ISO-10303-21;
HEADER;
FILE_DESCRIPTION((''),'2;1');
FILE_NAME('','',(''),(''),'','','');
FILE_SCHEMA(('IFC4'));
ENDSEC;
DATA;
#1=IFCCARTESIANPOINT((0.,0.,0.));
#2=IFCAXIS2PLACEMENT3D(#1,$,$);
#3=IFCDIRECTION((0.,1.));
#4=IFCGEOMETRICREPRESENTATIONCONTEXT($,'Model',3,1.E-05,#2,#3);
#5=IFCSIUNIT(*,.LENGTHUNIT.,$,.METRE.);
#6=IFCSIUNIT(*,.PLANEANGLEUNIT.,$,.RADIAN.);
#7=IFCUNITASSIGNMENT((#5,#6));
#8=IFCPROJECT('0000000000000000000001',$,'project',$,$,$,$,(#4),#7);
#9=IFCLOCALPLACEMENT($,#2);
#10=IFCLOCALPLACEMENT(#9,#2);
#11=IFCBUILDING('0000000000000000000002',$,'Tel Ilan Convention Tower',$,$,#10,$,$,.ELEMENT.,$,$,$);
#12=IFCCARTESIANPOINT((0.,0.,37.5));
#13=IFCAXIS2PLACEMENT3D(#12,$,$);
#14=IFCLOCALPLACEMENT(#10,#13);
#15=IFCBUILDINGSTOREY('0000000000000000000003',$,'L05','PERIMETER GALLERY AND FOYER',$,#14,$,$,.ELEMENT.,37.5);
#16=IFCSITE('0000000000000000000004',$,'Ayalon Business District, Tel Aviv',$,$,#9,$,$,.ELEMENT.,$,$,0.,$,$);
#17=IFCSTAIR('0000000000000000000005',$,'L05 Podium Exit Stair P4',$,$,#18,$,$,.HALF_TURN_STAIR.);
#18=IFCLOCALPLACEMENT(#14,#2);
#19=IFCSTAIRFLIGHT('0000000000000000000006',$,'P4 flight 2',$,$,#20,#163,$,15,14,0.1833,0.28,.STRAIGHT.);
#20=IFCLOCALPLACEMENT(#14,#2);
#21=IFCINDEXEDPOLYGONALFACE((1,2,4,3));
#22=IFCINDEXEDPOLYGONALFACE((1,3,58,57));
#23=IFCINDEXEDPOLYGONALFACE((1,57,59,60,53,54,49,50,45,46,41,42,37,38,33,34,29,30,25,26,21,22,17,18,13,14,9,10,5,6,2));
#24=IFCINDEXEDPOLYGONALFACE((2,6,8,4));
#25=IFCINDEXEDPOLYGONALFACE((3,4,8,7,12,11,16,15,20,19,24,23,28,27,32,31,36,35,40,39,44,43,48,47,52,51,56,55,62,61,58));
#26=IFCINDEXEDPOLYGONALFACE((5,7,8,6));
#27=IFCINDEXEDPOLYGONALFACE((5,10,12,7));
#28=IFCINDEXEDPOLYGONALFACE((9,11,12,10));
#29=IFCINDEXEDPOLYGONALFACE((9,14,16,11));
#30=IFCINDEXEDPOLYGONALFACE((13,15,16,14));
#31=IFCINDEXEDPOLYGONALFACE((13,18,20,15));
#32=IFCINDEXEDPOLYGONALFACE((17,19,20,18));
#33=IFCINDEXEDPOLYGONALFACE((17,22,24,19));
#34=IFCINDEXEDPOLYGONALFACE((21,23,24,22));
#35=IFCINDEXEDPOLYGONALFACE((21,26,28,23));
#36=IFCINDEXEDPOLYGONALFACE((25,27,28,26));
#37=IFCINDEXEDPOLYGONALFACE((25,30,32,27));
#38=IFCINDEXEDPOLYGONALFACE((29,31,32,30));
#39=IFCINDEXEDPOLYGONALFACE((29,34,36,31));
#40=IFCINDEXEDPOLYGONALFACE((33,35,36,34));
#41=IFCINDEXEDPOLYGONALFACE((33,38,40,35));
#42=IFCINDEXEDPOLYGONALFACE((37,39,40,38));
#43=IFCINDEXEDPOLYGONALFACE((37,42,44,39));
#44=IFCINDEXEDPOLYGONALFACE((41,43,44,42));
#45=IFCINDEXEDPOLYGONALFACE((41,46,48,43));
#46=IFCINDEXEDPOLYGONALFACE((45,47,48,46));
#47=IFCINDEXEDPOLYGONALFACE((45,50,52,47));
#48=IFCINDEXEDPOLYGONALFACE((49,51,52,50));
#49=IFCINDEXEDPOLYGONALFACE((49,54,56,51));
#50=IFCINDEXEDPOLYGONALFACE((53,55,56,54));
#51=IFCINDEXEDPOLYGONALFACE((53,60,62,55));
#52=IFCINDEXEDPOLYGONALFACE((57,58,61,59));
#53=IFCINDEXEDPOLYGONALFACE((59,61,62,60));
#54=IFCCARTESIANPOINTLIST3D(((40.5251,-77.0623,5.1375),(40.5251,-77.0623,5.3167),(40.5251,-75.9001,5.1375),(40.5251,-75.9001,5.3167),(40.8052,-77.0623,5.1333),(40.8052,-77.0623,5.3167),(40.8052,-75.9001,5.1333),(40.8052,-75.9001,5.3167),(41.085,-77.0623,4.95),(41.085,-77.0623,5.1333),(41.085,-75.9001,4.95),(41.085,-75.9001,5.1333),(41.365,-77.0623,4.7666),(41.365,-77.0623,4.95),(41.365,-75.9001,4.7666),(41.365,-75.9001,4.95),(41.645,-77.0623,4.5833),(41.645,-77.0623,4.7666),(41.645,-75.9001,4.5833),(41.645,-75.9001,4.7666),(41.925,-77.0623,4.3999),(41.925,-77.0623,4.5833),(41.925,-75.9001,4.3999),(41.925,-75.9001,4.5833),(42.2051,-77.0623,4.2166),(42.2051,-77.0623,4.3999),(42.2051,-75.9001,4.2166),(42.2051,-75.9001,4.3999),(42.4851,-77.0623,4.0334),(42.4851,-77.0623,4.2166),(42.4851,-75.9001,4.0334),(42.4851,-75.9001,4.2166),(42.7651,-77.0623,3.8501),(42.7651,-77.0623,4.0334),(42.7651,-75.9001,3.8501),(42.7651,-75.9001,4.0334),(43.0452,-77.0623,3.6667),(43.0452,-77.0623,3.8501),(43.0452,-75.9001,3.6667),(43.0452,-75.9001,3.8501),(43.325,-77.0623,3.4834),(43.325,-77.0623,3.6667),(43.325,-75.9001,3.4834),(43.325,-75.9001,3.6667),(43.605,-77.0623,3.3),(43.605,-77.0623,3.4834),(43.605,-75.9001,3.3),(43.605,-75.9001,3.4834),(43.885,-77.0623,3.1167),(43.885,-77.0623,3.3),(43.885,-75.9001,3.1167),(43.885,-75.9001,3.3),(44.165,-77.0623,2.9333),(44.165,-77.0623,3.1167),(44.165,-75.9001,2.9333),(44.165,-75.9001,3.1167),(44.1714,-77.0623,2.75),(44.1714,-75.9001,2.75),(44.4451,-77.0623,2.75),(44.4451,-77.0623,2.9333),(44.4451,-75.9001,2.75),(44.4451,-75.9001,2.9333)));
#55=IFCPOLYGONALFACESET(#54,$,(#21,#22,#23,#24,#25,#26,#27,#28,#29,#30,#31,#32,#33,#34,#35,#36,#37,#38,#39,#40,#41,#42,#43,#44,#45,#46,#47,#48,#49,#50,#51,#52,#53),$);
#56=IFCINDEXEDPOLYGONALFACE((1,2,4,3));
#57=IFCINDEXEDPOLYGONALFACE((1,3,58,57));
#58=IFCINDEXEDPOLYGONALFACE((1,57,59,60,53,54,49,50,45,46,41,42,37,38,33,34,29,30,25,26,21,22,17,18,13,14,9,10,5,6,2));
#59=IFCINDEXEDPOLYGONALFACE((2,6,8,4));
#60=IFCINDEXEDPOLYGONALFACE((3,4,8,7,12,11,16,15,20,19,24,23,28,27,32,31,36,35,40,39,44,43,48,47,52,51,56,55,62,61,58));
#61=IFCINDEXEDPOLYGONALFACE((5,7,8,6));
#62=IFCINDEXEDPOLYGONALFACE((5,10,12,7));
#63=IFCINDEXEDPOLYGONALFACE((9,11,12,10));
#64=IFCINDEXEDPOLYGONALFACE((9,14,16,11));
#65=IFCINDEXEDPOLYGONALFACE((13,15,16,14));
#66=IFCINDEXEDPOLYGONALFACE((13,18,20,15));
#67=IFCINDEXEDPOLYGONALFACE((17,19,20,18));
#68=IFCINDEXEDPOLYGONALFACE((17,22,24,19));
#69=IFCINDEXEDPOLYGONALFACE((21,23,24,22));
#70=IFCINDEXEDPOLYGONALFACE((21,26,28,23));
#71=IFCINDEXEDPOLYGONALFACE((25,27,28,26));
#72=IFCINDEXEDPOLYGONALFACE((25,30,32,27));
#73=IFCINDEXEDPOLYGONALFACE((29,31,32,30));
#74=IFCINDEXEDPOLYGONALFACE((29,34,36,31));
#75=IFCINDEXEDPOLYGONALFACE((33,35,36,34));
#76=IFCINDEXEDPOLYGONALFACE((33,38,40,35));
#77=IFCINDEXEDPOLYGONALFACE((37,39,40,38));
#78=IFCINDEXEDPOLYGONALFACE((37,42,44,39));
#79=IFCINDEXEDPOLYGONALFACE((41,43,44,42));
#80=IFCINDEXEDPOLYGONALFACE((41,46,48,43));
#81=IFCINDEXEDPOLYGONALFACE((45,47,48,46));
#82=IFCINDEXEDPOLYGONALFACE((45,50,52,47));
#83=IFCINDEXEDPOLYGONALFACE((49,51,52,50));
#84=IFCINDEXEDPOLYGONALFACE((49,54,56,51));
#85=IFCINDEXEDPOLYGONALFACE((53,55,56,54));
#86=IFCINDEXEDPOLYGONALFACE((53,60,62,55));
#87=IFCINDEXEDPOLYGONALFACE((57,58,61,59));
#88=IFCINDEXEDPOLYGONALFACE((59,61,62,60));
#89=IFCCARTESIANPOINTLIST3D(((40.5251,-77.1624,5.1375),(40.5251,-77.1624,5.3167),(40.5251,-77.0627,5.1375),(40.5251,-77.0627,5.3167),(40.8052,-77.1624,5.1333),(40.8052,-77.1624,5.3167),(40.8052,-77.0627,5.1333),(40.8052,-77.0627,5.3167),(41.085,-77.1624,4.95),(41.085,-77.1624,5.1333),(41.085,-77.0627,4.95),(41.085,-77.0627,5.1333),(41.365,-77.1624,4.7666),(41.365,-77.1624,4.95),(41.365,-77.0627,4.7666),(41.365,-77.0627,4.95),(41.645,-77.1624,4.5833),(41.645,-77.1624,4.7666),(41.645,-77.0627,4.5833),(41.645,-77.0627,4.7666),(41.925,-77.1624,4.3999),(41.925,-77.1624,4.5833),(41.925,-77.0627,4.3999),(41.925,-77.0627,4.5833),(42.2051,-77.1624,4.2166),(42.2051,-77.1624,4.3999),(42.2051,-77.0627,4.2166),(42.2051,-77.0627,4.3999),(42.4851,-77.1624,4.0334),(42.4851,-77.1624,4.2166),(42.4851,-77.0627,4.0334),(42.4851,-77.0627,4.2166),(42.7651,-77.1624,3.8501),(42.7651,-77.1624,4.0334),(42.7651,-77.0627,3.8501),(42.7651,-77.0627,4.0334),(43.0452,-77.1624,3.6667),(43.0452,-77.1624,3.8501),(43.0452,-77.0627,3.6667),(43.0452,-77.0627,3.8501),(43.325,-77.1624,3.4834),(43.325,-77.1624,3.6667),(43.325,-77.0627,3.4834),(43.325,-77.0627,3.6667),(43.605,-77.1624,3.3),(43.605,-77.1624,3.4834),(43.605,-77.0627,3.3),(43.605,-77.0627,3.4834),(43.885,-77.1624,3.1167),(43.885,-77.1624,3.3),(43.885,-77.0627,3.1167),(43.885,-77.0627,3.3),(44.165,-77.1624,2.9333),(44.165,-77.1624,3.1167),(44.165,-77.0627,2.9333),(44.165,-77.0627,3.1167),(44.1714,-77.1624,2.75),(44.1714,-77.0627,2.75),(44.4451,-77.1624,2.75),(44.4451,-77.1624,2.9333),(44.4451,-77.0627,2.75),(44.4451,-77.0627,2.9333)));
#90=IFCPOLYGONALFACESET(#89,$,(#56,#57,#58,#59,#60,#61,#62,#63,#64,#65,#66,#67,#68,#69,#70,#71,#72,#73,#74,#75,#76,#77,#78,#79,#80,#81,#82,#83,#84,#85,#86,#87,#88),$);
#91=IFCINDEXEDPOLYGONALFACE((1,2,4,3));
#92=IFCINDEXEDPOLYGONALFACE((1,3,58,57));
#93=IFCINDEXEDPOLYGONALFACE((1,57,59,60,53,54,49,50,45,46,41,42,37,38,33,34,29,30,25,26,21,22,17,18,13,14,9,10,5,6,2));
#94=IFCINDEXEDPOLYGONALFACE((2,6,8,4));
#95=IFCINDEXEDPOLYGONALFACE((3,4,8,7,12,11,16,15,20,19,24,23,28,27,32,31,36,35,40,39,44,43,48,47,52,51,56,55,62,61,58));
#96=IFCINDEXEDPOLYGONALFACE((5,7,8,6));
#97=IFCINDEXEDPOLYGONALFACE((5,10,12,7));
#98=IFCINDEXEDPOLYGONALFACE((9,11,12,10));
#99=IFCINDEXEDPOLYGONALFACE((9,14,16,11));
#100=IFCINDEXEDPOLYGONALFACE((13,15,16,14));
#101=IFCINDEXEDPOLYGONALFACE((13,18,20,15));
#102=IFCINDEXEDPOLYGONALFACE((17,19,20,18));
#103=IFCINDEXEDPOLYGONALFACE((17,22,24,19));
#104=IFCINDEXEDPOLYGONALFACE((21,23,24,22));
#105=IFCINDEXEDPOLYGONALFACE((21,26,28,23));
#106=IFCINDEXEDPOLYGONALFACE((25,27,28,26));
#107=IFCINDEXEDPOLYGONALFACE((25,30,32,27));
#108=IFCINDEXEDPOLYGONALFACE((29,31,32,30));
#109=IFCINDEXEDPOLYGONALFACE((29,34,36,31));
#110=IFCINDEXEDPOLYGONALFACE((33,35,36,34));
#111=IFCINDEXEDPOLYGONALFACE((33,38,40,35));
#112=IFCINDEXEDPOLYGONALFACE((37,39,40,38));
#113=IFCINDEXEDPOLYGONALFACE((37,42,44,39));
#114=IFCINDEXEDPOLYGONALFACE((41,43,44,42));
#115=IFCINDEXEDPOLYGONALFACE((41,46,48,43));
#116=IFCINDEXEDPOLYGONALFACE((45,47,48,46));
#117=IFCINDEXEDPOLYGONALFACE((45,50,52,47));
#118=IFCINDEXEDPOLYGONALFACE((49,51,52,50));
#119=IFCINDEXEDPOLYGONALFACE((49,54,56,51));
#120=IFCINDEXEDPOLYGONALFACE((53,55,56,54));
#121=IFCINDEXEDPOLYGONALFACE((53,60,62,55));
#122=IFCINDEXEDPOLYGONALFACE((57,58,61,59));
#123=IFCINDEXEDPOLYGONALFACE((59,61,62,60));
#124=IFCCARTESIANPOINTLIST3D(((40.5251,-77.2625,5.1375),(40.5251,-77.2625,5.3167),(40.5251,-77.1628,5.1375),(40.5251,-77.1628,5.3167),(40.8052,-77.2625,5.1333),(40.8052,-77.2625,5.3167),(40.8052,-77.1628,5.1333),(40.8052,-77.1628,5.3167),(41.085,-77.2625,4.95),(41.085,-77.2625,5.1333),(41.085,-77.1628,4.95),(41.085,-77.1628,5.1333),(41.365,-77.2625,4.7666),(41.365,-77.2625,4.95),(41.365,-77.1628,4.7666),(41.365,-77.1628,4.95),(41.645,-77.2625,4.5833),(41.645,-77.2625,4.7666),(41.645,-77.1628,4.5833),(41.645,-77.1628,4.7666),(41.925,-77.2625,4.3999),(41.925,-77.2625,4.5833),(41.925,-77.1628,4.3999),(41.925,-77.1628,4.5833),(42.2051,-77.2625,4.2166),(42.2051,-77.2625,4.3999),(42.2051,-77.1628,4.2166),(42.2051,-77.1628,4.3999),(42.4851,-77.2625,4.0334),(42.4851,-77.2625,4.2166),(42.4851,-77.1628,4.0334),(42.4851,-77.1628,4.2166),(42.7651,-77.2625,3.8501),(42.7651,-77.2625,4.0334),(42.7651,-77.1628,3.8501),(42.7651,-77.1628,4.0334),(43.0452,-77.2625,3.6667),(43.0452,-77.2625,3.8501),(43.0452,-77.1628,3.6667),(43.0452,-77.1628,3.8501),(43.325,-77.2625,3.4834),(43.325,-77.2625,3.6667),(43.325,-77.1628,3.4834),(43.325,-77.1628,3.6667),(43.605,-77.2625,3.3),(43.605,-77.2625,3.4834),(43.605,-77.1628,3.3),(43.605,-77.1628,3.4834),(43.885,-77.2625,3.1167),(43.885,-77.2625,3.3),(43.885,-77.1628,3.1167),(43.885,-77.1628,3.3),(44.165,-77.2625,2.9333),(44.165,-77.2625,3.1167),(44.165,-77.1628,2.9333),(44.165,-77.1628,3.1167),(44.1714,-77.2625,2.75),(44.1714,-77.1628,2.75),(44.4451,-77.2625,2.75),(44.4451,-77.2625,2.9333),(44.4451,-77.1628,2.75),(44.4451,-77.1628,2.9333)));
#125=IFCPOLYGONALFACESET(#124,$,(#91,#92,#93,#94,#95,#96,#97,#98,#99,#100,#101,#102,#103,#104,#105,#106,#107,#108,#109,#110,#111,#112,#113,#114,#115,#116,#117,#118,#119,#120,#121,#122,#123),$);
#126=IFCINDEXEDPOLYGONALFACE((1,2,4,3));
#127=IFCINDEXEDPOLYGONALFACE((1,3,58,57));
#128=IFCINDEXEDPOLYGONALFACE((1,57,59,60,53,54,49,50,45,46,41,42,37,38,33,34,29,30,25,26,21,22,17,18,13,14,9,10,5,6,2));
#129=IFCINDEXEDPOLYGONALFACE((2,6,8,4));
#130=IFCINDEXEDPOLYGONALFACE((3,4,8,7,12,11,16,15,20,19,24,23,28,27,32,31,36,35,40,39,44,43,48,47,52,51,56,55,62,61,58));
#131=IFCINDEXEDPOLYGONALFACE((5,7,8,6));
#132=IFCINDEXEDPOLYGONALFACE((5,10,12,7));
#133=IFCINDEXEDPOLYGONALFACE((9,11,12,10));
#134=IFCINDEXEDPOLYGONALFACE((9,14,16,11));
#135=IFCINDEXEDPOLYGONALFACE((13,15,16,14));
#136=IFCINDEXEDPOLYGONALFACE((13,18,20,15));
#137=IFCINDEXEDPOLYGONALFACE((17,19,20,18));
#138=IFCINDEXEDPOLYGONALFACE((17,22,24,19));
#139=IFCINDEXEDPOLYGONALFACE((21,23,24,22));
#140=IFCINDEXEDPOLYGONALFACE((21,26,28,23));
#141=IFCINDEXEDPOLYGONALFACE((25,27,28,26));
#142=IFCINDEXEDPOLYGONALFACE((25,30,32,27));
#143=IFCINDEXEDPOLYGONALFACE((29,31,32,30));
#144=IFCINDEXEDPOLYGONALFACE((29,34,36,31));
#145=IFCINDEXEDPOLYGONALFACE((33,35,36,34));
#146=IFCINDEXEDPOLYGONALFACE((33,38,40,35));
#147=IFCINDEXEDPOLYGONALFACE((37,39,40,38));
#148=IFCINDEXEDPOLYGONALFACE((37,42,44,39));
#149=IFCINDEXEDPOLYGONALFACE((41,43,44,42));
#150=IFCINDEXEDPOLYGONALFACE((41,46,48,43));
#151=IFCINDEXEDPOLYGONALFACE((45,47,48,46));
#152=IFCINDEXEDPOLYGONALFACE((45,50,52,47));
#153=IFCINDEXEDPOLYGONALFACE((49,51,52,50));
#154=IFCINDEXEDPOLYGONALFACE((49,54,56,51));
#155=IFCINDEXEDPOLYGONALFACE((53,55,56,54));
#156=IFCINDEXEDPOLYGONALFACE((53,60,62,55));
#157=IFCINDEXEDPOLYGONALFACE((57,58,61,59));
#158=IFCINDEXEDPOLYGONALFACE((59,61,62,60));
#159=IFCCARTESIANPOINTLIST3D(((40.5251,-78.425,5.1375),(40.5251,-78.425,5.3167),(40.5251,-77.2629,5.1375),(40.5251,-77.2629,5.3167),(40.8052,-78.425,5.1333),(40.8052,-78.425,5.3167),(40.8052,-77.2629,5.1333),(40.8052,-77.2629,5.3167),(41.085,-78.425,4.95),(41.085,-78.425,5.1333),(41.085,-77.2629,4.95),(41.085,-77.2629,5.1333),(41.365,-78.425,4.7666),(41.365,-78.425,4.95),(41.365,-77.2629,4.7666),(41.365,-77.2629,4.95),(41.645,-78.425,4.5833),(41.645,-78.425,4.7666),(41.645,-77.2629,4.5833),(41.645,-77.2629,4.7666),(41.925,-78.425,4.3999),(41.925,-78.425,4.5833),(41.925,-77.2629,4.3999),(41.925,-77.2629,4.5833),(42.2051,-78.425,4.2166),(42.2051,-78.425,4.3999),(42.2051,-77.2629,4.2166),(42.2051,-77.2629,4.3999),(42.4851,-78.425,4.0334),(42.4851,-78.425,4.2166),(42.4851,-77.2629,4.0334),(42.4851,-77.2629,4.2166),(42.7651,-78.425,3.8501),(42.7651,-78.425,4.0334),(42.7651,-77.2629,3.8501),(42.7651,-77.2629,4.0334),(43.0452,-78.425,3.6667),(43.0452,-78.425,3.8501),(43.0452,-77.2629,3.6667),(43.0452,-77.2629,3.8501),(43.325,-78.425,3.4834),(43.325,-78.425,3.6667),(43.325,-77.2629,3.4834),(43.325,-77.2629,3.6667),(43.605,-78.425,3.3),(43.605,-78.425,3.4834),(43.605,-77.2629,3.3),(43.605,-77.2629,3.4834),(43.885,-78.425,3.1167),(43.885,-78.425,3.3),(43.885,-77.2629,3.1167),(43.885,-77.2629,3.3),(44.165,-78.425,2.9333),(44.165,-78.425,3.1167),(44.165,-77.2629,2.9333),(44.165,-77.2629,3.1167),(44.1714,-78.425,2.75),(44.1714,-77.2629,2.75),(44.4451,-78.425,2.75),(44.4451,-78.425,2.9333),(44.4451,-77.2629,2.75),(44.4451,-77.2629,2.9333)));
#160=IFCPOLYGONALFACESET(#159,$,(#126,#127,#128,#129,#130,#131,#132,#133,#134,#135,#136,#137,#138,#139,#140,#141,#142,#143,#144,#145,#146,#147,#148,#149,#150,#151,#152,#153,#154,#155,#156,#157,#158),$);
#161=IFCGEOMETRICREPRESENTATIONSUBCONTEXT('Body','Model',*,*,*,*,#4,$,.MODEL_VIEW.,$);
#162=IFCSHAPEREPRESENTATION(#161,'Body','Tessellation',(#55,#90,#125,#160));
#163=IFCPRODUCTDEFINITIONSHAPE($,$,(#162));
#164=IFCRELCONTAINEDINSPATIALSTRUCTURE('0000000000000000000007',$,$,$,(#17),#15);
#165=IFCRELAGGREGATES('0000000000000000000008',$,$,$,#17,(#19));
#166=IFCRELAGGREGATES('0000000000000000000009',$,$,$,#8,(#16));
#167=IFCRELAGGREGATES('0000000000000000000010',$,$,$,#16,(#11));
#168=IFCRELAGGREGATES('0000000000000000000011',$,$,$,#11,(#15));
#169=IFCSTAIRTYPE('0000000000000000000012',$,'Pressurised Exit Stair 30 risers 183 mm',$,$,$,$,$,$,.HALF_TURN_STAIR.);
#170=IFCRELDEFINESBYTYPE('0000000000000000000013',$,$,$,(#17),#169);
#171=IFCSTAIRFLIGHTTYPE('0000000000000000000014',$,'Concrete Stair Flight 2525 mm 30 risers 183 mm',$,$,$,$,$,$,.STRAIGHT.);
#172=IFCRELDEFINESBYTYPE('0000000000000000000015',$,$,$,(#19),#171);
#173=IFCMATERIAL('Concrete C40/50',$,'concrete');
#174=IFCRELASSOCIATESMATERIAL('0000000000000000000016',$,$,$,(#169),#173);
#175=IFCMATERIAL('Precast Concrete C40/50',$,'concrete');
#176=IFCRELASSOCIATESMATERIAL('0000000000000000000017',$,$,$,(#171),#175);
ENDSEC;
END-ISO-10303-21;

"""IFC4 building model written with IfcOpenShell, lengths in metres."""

from ifc_helpers import new_model, si_unit, direction, frame, origin, place, context, subcontext, project, spatial, polyline, outline, extrude, material, type_object, element, aggregate, save


model = new_model("IFC4")

# Units and contexts
model_context = context("Model", 3, precision=1e-05, world=origin(), true_north=direction((0.0, 1.0)))
body_context = subcontext(model_context, "Body", "Model", "MODEL_VIEW")
ifc_project = project(units=[si_unit("LENGTHUNIT", "METRE"), si_unit("PLANEANGLEUNIT", "RADIAN")], contexts=[model_context])

# Site, building, storey
site_placement = place(None, origin())
site = spatial("IfcSite", under=ifc_project, at=site_placement, Name="Ayalon Business District, Tel Aviv", CompositionType="ELEMENT", RefElevation=0.0)
building_placement = place(site_placement, origin())
building = spatial("IfcBuilding", under=site, at=building_placement, Name="Tel Ilan Convention Tower", CompositionType="ELEMENT")
storey_placement = place(building_placement, frame((0.0, 0.0, 37.5)))
storey = spatial("IfcBuildingStorey", under=building, at=storey_placement, Name="L05", Description="PERIMETER GALLERY AND FOYER", CompositionType="ELEMENT", Elevation=37.5)

# Stair, stair flight
ifc_material_1 = material(Name="Concrete C40/50", Category="concrete")
stair_type = type_object("IfcStairType", Name="Pressurised Exit Stair 30 risers 183 mm", PredefinedType="HALF_TURN_STAIR", material=ifc_material_1)
stair_placement = place(storey_placement, origin())
stair = element("IfcStair", 1, at=stair_placement, inside=storey, type_object=stair_type, Name="L05 Podium Exit Stair P4", PredefinedType="HALF_TURN_STAIR")
ifc_material_2 = material(Name="Precast Concrete C40/50", Category="concrete")
stair_flight_type = type_object("IfcStairFlightType", Name="Concrete Stair Flight 2525 mm 30 risers 183 mm", PredefinedType="STRAIGHT", material=ifc_material_2)
stair_flight_1_placement = place(storey_placement, frame((44.4451, -77.1626, 2.75), z_axis=(0.0, 0.0, 1.0), x_axis=(-1.0, 0.0, 0.0)))
stair_flight_1 = element("IfcStairFlight", 2, at=stair_flight_1_placement, type_object=stair_flight_type, Name="P4 flight 2", NumberOfRisers=15, NumberOfTreads=14, PredefinedType="STRAIGHT", RiserHeight=0.1833, TreadLength=0.28, context=body_context, shape_type="SweptSolid", body=[
    extrude(outline(polyline([(0.0, 0.0), (0.0, 0.1833), (0.28, 0.1833), (0.28, 0.3667), (0.5601, 0.3667), (0.5601, 0.55), (0.8401, 0.55), (0.8401, 0.7334), (1.1201, 0.7334), (1.1201, 0.9167), (1.3999, 0.9167), (1.3999, 1.1001), (1.6799, 1.1001), (1.6799, 1.2834), (1.96, 1.2834), (1.96, 1.4666), (2.24, 1.4666), (2.24, 1.6499), (2.52, 1.6499), (2.52, 1.8333), (2.8, 1.8333), (2.8, 2.0166), (3.0801, 2.0166), (3.0801, 2.2), (3.3601, 2.2), (3.3601, 2.3833), (3.6399, 2.3833), (3.6399, 2.5667), (3.9199, 2.5667), (3.9199, 2.75), (3.9199, 2.3875), (0.2737, 0.0), (0.0, 0.0)])), frame((0.0, -0.1003, 0.0), z_axis=(0.0, -1.0, 0.0), x_axis=(1.0, 0.0, 0.0)), (0.0, 0.0, 1.0), 1.1621),
    extrude(outline(polyline([(0.0, 0.0), (0.0, 0.1833), (0.28, 0.1833), (0.28, 0.3667), (0.5601, 0.3667), (0.5601, 0.55), (0.8401, 0.55), (0.8401, 0.7334), (1.1201, 0.7334), (1.1201, 0.9167), (1.3999, 0.9167), (1.3999, 1.1001), (1.6799, 1.1001), (1.6799, 1.2834), (1.96, 1.2834), (1.96, 1.4666), (2.24, 1.4666), (2.24, 1.6499), (2.52, 1.6499), (2.52, 1.8333), (2.8, 1.8333), (2.8, 2.0166), (3.0801, 2.0166), (3.0801, 2.2), (3.3601, 2.2), (3.3601, 2.3833), (3.6399, 2.3833), (3.6399, 2.5667), (3.9199, 2.5667), (3.9199, 2.75), (3.9199, 2.3875), (0.2737, 0.0), (0.0, 0.0)])), frame((0.0, -0.0002, 0.0), z_axis=(0.0, -1.0, 0.0), x_axis=(1.0, 0.0, 0.0)), (0.0, 0.0, 1.0), 0.0996),
    extrude(outline(polyline([(0.0, 0.0), (0.0, 0.1833), (0.28, 0.1833), (0.28, 0.3667), (0.5601, 0.3667), (0.5601, 0.55), (0.8401, 0.55), (0.8401, 0.7334), (1.1201, 0.7334), (1.1201, 0.9167), (1.3999, 0.9167), (1.3999, 1.1001), (1.6799, 1.1001), (1.6799, 1.2834), (1.96, 1.2834), (1.96, 1.4666), (2.24, 1.4666), (2.24, 1.6499), (2.52, 1.6499), (2.52, 1.8333), (2.8, 1.8333), (2.8, 2.0166), (3.0801, 2.0166), (3.0801, 2.2), (3.3601, 2.2), (3.3601, 2.3833), (3.6399, 2.3833), (3.6399, 2.5667), (3.9199, 2.5667), (3.9199, 2.75), (3.9199, 2.3875), (0.2737, 0.0), (0.0, 0.0)])), frame((0.0, 0.0999, 0.0), z_axis=(0.0, -1.0, 0.0), x_axis=(1.0, 0.0, 0.0)), (0.0, 0.0, 1.0), 0.0996),
    extrude(outline(polyline([(0.0, 0.0), (0.0, 0.1833), (0.28, 0.1833), (0.28, 0.3667), (0.5601, 0.3667), (0.5601, 0.55), (0.8401, 0.55), (0.8401, 0.7334), (1.1201, 0.7334), (1.1201, 0.9167), (1.3999, 0.9167), (1.3999, 1.1001), (1.6799, 1.1001), (1.6799, 1.2834), (1.96, 1.2834), (1.96, 1.4666), (2.24, 1.4666), (2.24, 1.6499), (2.52, 1.6499), (2.52, 1.8333), (2.8, 1.8333), (2.8, 2.0166), (3.0801, 2.0166), (3.0801, 2.2), (3.3601, 2.2), (3.3601, 2.3833), (3.6399, 2.3833), (3.6399, 2.5667), (3.9199, 2.5667), (3.9199, 2.75), (3.9199, 2.3875), (0.2737, 0.0), (0.0, 0.0)])), frame((0.0, 1.2625, 0.0), z_axis=(0.0, -1.0, 0.0), x_axis=(1.0, 0.0, 0.0)), (0.0, 0.0, 1.0), 1.1621),
])
aggregate(stair, [stair_flight_1])

save(model, "model.ifc")
